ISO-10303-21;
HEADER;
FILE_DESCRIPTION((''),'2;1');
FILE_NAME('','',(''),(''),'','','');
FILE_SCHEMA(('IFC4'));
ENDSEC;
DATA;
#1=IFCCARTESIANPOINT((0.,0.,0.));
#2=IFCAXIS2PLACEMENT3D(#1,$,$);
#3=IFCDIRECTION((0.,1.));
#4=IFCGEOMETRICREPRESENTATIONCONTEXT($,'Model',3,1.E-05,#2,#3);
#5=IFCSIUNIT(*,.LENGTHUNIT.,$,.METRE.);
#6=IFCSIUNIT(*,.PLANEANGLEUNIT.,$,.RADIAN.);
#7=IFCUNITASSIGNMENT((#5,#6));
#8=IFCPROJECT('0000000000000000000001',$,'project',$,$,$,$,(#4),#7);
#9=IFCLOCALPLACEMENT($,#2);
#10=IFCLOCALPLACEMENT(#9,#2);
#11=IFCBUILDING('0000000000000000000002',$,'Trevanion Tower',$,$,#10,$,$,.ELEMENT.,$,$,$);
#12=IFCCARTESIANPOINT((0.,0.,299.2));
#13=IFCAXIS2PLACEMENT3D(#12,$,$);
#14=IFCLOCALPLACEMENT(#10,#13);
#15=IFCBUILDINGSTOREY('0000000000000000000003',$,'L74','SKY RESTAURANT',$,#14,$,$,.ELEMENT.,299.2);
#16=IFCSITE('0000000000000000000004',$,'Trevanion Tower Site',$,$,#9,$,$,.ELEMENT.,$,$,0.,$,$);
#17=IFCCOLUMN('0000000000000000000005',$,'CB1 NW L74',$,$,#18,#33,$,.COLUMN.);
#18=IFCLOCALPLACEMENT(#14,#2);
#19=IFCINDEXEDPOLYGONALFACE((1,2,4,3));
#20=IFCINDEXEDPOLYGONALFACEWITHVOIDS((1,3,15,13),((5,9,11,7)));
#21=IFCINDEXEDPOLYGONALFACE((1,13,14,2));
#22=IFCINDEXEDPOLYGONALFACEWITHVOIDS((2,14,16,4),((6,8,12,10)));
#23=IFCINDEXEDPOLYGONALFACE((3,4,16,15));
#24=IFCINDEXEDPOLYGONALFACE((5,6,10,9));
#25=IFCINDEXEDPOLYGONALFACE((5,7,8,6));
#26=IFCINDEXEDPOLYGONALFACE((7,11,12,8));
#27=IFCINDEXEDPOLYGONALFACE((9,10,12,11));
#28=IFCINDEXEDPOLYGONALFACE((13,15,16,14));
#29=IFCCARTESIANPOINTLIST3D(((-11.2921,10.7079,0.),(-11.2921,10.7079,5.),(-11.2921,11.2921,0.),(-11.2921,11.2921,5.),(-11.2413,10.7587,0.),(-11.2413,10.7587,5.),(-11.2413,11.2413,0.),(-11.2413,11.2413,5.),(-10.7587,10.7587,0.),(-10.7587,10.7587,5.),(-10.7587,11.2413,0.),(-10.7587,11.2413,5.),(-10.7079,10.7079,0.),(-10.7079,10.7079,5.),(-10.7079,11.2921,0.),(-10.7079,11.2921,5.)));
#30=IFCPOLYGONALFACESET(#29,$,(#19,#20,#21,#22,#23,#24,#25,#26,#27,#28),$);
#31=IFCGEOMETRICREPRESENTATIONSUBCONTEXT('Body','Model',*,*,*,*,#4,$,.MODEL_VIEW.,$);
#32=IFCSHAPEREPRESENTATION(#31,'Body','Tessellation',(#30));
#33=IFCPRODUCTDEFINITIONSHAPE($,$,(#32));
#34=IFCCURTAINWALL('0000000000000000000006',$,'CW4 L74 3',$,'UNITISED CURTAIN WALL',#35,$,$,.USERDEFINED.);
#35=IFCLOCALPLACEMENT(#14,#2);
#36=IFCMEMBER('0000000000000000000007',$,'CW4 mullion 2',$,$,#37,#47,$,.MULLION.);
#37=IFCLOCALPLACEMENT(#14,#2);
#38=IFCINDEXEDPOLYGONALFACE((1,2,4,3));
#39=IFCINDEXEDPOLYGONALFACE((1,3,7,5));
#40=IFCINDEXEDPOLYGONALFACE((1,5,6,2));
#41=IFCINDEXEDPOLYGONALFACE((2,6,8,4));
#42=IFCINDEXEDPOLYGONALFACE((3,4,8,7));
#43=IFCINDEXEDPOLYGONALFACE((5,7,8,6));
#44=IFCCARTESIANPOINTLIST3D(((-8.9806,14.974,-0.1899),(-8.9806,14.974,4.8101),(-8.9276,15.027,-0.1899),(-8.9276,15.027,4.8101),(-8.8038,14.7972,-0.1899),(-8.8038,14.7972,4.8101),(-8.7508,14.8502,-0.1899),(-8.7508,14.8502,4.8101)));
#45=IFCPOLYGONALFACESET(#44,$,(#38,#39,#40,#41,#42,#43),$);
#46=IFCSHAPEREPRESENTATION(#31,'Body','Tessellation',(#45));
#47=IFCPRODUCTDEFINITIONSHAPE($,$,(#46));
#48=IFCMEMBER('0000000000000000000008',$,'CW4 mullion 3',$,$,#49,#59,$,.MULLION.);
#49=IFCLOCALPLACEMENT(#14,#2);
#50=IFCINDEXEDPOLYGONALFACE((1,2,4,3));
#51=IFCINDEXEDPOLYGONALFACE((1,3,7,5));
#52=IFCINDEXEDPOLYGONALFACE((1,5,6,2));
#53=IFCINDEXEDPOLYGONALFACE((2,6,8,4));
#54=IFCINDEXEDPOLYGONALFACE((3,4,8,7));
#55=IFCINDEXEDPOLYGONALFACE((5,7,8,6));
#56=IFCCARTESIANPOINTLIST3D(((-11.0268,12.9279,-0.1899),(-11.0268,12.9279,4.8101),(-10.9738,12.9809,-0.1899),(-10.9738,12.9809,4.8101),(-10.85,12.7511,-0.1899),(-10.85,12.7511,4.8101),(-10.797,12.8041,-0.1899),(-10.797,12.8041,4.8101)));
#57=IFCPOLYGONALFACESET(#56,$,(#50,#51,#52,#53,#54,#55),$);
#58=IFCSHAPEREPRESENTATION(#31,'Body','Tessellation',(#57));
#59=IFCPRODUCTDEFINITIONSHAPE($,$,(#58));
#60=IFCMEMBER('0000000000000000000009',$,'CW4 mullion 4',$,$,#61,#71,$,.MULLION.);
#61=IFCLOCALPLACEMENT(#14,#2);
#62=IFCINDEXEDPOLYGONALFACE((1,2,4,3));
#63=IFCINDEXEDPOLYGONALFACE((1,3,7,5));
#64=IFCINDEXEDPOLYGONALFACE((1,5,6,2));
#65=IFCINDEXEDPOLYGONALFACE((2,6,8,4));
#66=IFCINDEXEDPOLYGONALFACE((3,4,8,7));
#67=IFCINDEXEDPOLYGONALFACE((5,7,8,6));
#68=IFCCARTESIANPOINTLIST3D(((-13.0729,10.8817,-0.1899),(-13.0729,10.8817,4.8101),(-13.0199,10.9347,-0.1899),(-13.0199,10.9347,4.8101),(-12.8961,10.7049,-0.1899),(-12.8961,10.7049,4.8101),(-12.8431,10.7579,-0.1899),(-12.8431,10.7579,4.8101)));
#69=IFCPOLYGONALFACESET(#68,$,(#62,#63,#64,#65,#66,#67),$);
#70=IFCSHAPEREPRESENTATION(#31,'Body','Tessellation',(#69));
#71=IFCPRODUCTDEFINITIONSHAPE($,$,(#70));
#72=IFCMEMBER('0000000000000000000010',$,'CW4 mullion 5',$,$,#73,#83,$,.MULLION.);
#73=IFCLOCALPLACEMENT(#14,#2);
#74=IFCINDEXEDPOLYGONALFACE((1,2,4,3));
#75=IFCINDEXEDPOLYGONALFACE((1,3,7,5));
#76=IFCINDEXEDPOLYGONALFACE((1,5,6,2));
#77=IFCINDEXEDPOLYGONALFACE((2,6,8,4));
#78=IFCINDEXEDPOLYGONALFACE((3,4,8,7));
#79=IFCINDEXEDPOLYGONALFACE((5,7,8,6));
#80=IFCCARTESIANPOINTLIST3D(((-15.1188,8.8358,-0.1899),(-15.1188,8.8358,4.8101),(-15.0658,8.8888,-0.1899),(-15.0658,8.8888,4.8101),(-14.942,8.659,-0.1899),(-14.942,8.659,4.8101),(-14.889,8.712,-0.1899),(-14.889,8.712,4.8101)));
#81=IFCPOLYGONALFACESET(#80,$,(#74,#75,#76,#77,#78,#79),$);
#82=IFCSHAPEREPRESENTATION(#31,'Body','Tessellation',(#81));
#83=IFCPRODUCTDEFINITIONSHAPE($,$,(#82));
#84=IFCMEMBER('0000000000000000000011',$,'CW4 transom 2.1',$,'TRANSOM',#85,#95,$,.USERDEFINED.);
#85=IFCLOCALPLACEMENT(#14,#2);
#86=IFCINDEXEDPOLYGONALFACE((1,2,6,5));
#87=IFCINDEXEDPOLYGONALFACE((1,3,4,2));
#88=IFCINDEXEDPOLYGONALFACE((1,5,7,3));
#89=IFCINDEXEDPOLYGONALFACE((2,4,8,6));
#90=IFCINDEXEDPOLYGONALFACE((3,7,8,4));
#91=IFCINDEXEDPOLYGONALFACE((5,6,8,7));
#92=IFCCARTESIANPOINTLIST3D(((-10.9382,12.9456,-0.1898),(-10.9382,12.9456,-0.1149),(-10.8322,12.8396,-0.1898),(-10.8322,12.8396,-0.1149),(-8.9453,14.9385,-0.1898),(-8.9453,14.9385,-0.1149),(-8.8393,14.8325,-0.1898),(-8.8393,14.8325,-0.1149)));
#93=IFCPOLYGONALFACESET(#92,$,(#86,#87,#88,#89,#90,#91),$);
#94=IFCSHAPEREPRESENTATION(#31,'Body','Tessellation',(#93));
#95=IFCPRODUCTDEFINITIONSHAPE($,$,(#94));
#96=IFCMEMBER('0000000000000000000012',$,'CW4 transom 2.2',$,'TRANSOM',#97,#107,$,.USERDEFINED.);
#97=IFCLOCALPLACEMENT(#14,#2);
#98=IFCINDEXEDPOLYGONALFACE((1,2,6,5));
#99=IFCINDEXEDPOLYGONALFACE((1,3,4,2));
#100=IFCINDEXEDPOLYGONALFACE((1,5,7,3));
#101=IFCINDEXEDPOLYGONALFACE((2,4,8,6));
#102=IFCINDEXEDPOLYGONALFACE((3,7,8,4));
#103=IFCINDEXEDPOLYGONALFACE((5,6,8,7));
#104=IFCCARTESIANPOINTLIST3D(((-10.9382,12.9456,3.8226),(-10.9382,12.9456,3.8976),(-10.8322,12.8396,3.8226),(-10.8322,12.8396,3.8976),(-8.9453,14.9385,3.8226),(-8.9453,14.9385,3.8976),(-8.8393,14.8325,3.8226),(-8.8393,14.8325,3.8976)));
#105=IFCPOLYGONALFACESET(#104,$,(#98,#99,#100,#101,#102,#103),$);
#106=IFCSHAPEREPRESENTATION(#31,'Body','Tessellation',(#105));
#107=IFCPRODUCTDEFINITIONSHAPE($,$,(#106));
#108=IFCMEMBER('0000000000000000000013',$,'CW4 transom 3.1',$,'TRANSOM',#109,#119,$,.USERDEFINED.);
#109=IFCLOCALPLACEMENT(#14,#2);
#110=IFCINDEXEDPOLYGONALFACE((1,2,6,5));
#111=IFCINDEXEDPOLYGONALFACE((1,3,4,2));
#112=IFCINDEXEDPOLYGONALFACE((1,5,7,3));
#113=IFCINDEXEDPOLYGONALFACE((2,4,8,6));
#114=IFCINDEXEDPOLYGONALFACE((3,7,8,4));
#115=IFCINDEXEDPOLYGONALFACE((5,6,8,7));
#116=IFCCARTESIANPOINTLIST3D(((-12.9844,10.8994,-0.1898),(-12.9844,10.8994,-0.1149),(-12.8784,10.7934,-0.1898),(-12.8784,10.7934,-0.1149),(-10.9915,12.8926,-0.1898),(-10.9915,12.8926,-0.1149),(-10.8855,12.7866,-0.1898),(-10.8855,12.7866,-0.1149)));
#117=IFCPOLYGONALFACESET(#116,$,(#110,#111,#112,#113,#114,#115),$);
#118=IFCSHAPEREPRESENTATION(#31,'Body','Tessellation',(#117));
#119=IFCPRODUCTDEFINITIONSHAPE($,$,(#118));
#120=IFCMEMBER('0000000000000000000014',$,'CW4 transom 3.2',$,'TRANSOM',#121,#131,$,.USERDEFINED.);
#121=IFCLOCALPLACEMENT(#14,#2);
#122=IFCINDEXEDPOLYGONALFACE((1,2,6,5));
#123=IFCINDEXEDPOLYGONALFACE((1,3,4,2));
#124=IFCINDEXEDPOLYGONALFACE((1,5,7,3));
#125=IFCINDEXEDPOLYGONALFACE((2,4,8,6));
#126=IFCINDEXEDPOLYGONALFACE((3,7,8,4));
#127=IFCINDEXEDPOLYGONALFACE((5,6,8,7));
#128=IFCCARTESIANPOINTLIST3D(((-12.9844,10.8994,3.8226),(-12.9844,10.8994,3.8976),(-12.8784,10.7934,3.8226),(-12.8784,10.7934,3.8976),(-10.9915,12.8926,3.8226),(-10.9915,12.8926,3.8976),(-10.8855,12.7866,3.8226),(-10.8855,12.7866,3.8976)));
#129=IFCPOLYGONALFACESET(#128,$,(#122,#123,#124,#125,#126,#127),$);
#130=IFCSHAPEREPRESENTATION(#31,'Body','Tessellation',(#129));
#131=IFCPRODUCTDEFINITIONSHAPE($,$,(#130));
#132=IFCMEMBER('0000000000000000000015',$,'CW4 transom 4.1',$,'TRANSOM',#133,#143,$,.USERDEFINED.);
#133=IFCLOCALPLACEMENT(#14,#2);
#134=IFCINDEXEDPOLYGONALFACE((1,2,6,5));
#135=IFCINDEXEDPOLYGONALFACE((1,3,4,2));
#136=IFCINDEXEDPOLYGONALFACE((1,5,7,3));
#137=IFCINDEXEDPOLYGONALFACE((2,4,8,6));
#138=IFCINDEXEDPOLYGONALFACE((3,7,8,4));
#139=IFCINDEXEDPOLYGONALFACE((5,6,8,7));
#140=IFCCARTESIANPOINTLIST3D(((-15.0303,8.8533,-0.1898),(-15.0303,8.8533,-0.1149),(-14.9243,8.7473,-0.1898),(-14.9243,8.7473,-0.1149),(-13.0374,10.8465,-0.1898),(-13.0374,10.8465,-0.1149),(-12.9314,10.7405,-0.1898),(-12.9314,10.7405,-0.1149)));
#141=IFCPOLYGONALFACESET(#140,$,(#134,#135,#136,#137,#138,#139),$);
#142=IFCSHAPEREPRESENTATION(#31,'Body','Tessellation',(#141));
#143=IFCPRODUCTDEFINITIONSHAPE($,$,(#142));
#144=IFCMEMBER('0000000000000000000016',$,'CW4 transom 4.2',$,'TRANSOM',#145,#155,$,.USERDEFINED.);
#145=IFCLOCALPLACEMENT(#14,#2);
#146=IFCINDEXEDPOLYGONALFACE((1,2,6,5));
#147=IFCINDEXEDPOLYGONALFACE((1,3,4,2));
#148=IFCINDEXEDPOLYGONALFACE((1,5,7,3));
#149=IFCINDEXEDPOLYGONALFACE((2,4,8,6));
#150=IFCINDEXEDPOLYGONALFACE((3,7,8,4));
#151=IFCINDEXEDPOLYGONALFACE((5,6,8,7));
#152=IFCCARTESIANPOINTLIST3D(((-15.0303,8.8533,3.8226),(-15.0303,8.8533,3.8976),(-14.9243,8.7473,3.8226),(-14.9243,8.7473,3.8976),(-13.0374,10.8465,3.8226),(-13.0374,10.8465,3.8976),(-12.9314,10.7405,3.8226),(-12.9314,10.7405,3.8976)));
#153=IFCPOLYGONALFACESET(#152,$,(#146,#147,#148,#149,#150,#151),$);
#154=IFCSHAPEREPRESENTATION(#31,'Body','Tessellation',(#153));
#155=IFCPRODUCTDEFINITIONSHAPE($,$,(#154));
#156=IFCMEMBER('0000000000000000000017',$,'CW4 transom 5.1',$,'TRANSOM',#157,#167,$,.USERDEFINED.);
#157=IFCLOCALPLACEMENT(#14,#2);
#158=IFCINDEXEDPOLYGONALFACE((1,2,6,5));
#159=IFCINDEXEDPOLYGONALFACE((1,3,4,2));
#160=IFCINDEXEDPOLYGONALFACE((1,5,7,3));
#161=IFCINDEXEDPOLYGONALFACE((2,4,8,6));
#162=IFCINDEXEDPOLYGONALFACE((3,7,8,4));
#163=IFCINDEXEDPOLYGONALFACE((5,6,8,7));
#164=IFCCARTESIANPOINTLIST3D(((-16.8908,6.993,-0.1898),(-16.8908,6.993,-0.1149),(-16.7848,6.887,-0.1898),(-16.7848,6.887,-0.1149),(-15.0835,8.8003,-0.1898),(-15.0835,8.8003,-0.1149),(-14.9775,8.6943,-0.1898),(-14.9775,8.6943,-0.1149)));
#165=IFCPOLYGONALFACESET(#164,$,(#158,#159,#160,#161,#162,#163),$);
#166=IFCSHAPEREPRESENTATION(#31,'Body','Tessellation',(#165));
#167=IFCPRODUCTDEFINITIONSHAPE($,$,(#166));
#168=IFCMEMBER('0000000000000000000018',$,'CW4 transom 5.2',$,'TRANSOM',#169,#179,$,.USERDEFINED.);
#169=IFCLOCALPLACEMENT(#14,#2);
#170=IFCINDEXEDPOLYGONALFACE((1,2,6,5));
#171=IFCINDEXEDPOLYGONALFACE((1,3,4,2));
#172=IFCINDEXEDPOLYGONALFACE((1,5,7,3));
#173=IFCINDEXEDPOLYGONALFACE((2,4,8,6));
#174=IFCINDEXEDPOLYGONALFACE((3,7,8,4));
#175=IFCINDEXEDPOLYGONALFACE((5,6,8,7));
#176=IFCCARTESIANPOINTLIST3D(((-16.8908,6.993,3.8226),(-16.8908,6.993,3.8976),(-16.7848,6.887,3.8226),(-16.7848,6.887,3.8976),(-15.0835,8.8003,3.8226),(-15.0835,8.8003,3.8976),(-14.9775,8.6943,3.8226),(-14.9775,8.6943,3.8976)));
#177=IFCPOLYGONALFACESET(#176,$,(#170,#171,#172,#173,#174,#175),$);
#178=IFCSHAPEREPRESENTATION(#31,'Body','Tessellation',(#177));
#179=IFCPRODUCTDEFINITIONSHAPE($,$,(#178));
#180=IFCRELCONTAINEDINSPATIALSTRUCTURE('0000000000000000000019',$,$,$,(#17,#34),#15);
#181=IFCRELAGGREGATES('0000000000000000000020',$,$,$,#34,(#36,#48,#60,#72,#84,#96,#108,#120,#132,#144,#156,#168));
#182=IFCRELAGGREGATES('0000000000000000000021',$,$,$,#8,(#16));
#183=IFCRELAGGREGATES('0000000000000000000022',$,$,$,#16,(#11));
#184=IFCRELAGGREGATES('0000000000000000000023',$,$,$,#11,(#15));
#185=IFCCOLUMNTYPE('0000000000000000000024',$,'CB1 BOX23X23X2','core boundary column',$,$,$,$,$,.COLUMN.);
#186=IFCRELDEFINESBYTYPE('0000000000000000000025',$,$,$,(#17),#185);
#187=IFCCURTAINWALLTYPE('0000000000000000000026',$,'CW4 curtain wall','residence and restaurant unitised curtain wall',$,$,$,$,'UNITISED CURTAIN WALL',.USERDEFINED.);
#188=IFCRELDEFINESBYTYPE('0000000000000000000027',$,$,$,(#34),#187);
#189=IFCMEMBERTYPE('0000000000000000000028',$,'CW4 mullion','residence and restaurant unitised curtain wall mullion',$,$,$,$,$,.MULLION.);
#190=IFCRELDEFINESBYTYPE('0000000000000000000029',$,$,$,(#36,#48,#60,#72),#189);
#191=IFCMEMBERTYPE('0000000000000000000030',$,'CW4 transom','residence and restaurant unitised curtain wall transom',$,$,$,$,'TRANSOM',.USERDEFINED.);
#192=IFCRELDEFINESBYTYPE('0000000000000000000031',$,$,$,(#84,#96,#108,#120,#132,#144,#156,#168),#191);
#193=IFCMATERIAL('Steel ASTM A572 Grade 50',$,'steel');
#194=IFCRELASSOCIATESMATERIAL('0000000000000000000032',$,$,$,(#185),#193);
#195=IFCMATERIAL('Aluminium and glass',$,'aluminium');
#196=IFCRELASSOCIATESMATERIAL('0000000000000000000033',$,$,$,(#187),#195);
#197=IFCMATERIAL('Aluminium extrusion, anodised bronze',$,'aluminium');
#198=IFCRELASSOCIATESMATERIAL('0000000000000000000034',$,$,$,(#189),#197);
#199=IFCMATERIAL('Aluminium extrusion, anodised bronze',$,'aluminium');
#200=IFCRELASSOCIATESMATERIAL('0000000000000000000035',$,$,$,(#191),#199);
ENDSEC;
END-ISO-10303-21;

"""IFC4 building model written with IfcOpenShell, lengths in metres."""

from ifc_helpers import new_model, si_unit, direction, frame, origin, origin_2d, place, context, subcontext, project, spatial, rectangle, hollow_rectangle, extrude, material, material_profile, profile_set, type_object, element, aggregate, save


model = new_model("IFC4")

# Units and contexts
model_context = context("Model", 3, precision=1e-05, world=origin(), true_north=direction((0.0, 1.0)))
body_context = subcontext(model_context, "Body", "Model", "MODEL_VIEW")
ifc_project = project(units=[si_unit("LENGTHUNIT", "METRE"), si_unit("PLANEANGLEUNIT", "RADIAN")], contexts=[model_context])

# Site, building, storey
site_placement = place(None, origin())
site = spatial("IfcSite", under=ifc_project, at=site_placement, Name="Trevanion Tower Site", CompositionType="ELEMENT", RefElevation=0.0)
building_placement = place(site_placement, origin())
building = spatial("IfcBuilding", under=site, at=building_placement, Name="Trevanion Tower", CompositionType="ELEMENT")
storey_placement = place(building_placement, frame((0.0, 0.0, 299.2)))
storey = spatial("IfcBuildingStorey", under=building, at=storey_placement, Name="L74", Description="SKY RESTAURANT", CompositionType="ELEMENT", Elevation=299.2)

# Column
ifc_material_1 = material(Name="Steel ASTM A572 Grade 50", Category="steel")
ifc_material_profile_1 = material_profile(ifc_material_1, hollow_rectangle(XDim=0.5842, YDim=0.5842, WallThickness=0.0508, at=origin_2d()), Name="BOX23X23X2")
ifc_profile_set_1 = profile_set([ifc_material_profile_1], Name="Steel ASTM A572 Grade 50")
column_type = type_object("IfcColumnType", Name="CB1 BOX23X23X2", Description="core boundary column", PredefinedType="COLUMN", material=ifc_profile_set_1)
column_placement = place(storey_placement, frame((-11.0, 11.0, 0.0), z_axis=(0.0, 0.0, 1.0), x_axis=(1.0, 0.0, 0.0)))
element("IfcColumn", 1, at=column_placement, inside=storey, type_object=column_type, Name="CB1 NW L74", PredefinedType="COLUMN", context=body_context, shape_type="SweptSolid", body=[
    extrude(hollow_rectangle(XDim=0.5842, YDim=0.5842, WallThickness=0.0508, at=origin_2d()), origin(), (0.0, 0.0, 1.0), 5.0),
])

# Curtain wall, members
ifc_material_2 = material(Name="Aluminium and glass", Category="aluminium")
curtain_wall_type = type_object("IfcCurtainWallType", Name="CW4 curtain wall", Description="residence and restaurant unitised curtain wall", ElementType="UNITISED CURTAIN WALL", PredefinedType="USERDEFINED", material=ifc_material_2)
curtain_wall_placement = place(storey_placement, origin())
curtain_wall = element("IfcCurtainWall", 2, at=curtain_wall_placement, inside=storey, type_object=curtain_wall_type, Name="CW4 L74 3", ObjectType="UNITISED CURTAIN WALL", PredefinedType="USERDEFINED")
ifc_material_3 = material(Name="Aluminium extrusion, anodised bronze", Category="aluminium")
ifc_material_profile_2 = material_profile(ifc_material_3, rectangle(XDim=0.075, YDim=0.25, at=origin_2d()), Name="CW4 mullion")
ifc_profile_set_2 = profile_set([ifc_material_profile_2], Name="Aluminium extrusion, anodised bronze")
member_type_1 = type_object("IfcMemberType", Name="CW4 mullion", Description="residence and restaurant unitised curtain wall mullion", PredefinedType="MULLION", material=ifc_profile_set_2)
member_1_placement = place(storey_placement, frame((-8.8657, 14.9121, -0.1899), z_axis=(0.0, 0.0, 1.0), x_axis=(-0.707107, -0.707107, 0.0)))
member_1 = element("IfcMember", 3, at=member_1_placement, type_object=member_type_1, Name="CW4 mullion 2", PredefinedType="MULLION", context=body_context, shape_type="SweptSolid", body=[
    extrude(rectangle(XDim=0.075, YDim=0.25, at=origin_2d()), origin(), (0.0, 0.0, 1.0), 5.0),
])
member_2_placement = place(storey_placement, frame((-10.9119, 12.866, -0.1899), z_axis=(0.0, 0.0, 1.0), x_axis=(-0.707107, -0.707107, 0.0)))
member_2 = element("IfcMember", 4, at=member_2_placement, type_object=member_type_1, Name="CW4 mullion 3", PredefinedType="MULLION", context=body_context, shape_type="SweptSolid", body=[
    extrude(rectangle(XDim=0.075, YDim=0.25, at=origin_2d()), origin(), (0.0, 0.0, 1.0), 5.0),
])
member_3_placement = place(storey_placement, frame((-12.958, 10.8198, -0.1899), z_axis=(0.0, 0.0, 1.0), x_axis=(-0.707107, -0.707107, 0.0)))
member_3 = element("IfcMember", 5, at=member_3_placement, type_object=member_type_1, Name="CW4 mullion 4", PredefinedType="MULLION", context=body_context, shape_type="SweptSolid", body=[
    extrude(rectangle(XDim=0.075, YDim=0.25, at=origin_2d()), origin(), (0.0, 0.0, 1.0), 5.0),
])
member_4_placement = place(storey_placement, frame((-15.0039, 8.7739, -0.1899), z_axis=(0.0, 0.0, 1.0), x_axis=(-0.707107, -0.707107, 0.0)))
member_4 = element("IfcMember", 6, at=member_4_placement, type_object=member_type_1, Name="CW4 mullion 5", PredefinedType="MULLION", context=body_context, shape_type="SweptSolid", body=[
    extrude(rectangle(XDim=0.075, YDim=0.25, at=origin_2d()), origin(), (0.0, 0.0, 1.0), 5.0),
])
ifc_material_4 = material(Name="Aluminium extrusion, anodised bronze", Category="aluminium")
ifc_material_profile_3 = material_profile(ifc_material_4, rectangle(XDim=0.1499, YDim=0.075, at=origin_2d()), Name="CW4 transom")
ifc_profile_set_3 = profile_set([ifc_material_profile_3], Name="Aluminium extrusion, anodised bronze")
member_type_2 = type_object("IfcMemberType", Name="CW4 transom", Description="residence and restaurant unitised curtain wall transom", ElementType="TRANSOM", PredefinedType="USERDEFINED", material=ifc_profile_set_3)
member_5_placement = place(storey_placement, frame((-8.8923, 14.8855, -0.1523), z_axis=(-0.707107, -0.707107, 0.0), x_axis=(0.707107, -0.707107, 0.0)))
member_5 = element("IfcMember", 7, at=member_5_placement, type_object=member_type_2, Name="CW4 transom 2.1", ObjectType="TRANSOM", PredefinedType="USERDEFINED", context=body_context, shape_type="SweptSolid", body=[
    extrude(rectangle(XDim=0.1499, YDim=0.075, at=origin_2d()), origin(), (0.0, 0.0, 1.0), 2.8184),
])
member_6_placement = place(storey_placement, frame((-8.8923, 14.8855, 3.8601), z_axis=(-0.707107, -0.707107, 0.0), x_axis=(0.707107, -0.707107, 0.0)))
member_6 = element("IfcMember", 8, at=member_6_placement, type_object=member_type_2, Name="CW4 transom 2.2", ObjectType="TRANSOM", PredefinedType="USERDEFINED", context=body_context, shape_type="SweptSolid", body=[
    extrude(rectangle(XDim=0.1499, YDim=0.075, at=origin_2d()), origin(), (0.0, 0.0, 1.0), 2.8184),
])
member_7_placement = place(storey_placement, frame((-10.9385, 12.8396, -0.1523), z_axis=(-0.707063, -0.70715, 0.0), x_axis=(0.70715, -0.707063, 0.0)))
member_7 = element("IfcMember", 9, at=member_7_placement, type_object=member_type_2, Name="CW4 transom 3.1", ObjectType="TRANSOM", PredefinedType="USERDEFINED", context=body_context, shape_type="SweptSolid", body=[
    extrude(rectangle(XDim=0.1499, YDim=0.075, at=origin_2d()), origin(), (0.0, 0.0, 1.0), 2.8186),
])
member_8_placement = place(storey_placement, frame((-10.9385, 12.8396, 3.8601), z_axis=(-0.707063, -0.70715, 0.0), x_axis=(0.70715, -0.707063, 0.0)))
member_8 = element("IfcMember", 10, at=member_8_placement, type_object=member_type_2, Name="CW4 transom 3.2", ObjectType="TRANSOM", PredefinedType="USERDEFINED", context=body_context, shape_type="SweptSolid", body=[
    extrude(rectangle(XDim=0.1499, YDim=0.075, at=origin_2d()), origin(), (0.0, 0.0, 1.0), 2.8186),
])
member_9_placement = place(storey_placement, frame((-12.9844, 10.7935, -0.1523), z_axis=(-0.707063, -0.70715, 0.0), x_axis=(0.70715, -0.707063, 0.0)))
member_9 = element("IfcMember", 11, at=member_9_placement, type_object=member_type_2, Name="CW4 transom 4.1", ObjectType="TRANSOM", PredefinedType="USERDEFINED", context=body_context, shape_type="SweptSolid", body=[
    extrude(rectangle(XDim=0.1499, YDim=0.075, at=origin_2d()), origin(), (0.0, 0.0, 1.0), 2.8186),
])
member_10_placement = place(storey_placement, frame((-12.9844, 10.7935, 3.8601), z_axis=(-0.707063, -0.70715, 0.0), x_axis=(0.70715, -0.707063, 0.0)))
member_10 = element("IfcMember", 12, at=member_10_placement, type_object=member_type_2, Name="CW4 transom 4.2", ObjectType="TRANSOM", PredefinedType="USERDEFINED", context=body_context, shape_type="SweptSolid", body=[
    extrude(rectangle(XDim=0.1499, YDim=0.075, at=origin_2d()), origin(), (0.0, 0.0, 1.0), 2.8186),
])
member_11_placement = place(storey_placement, frame((-15.0305, 8.7473, -0.1523), z_axis=(-0.707107, -0.707107, 0.0), x_axis=(0.707107, -0.707107, 0.0)))
member_11 = element("IfcMember", 13, at=member_11_placement, type_object=member_type_2, Name="CW4 transom 5.1", ObjectType="TRANSOM", PredefinedType="USERDEFINED", context=body_context, shape_type="SweptSolid", body=[
    extrude(rectangle(XDim=0.1499, YDim=0.075, at=origin_2d()), origin(), (0.0, 0.0, 1.0), 2.5559),
])
member_12_placement = place(storey_placement, frame((-15.0305, 8.7473, 3.8601), z_axis=(-0.707107, -0.707107, 0.0), x_axis=(0.707107, -0.707107, 0.0)))
member_12 = element("IfcMember", 14, at=member_12_placement, type_object=member_type_2, Name="CW4 transom 5.2", ObjectType="TRANSOM", PredefinedType="USERDEFINED", context=body_context, shape_type="SweptSolid", body=[
    extrude(rectangle(XDim=0.1499, YDim=0.075, at=origin_2d()), origin(), (0.0, 0.0, 1.0), 2.5559),
])

aggregate(curtain_wall, [member_1, member_2, member_3, member_4, member_5, member_6, member_7, member_8, member_9, member_10, member_11, member_12])

save(model, "model.ifc")
